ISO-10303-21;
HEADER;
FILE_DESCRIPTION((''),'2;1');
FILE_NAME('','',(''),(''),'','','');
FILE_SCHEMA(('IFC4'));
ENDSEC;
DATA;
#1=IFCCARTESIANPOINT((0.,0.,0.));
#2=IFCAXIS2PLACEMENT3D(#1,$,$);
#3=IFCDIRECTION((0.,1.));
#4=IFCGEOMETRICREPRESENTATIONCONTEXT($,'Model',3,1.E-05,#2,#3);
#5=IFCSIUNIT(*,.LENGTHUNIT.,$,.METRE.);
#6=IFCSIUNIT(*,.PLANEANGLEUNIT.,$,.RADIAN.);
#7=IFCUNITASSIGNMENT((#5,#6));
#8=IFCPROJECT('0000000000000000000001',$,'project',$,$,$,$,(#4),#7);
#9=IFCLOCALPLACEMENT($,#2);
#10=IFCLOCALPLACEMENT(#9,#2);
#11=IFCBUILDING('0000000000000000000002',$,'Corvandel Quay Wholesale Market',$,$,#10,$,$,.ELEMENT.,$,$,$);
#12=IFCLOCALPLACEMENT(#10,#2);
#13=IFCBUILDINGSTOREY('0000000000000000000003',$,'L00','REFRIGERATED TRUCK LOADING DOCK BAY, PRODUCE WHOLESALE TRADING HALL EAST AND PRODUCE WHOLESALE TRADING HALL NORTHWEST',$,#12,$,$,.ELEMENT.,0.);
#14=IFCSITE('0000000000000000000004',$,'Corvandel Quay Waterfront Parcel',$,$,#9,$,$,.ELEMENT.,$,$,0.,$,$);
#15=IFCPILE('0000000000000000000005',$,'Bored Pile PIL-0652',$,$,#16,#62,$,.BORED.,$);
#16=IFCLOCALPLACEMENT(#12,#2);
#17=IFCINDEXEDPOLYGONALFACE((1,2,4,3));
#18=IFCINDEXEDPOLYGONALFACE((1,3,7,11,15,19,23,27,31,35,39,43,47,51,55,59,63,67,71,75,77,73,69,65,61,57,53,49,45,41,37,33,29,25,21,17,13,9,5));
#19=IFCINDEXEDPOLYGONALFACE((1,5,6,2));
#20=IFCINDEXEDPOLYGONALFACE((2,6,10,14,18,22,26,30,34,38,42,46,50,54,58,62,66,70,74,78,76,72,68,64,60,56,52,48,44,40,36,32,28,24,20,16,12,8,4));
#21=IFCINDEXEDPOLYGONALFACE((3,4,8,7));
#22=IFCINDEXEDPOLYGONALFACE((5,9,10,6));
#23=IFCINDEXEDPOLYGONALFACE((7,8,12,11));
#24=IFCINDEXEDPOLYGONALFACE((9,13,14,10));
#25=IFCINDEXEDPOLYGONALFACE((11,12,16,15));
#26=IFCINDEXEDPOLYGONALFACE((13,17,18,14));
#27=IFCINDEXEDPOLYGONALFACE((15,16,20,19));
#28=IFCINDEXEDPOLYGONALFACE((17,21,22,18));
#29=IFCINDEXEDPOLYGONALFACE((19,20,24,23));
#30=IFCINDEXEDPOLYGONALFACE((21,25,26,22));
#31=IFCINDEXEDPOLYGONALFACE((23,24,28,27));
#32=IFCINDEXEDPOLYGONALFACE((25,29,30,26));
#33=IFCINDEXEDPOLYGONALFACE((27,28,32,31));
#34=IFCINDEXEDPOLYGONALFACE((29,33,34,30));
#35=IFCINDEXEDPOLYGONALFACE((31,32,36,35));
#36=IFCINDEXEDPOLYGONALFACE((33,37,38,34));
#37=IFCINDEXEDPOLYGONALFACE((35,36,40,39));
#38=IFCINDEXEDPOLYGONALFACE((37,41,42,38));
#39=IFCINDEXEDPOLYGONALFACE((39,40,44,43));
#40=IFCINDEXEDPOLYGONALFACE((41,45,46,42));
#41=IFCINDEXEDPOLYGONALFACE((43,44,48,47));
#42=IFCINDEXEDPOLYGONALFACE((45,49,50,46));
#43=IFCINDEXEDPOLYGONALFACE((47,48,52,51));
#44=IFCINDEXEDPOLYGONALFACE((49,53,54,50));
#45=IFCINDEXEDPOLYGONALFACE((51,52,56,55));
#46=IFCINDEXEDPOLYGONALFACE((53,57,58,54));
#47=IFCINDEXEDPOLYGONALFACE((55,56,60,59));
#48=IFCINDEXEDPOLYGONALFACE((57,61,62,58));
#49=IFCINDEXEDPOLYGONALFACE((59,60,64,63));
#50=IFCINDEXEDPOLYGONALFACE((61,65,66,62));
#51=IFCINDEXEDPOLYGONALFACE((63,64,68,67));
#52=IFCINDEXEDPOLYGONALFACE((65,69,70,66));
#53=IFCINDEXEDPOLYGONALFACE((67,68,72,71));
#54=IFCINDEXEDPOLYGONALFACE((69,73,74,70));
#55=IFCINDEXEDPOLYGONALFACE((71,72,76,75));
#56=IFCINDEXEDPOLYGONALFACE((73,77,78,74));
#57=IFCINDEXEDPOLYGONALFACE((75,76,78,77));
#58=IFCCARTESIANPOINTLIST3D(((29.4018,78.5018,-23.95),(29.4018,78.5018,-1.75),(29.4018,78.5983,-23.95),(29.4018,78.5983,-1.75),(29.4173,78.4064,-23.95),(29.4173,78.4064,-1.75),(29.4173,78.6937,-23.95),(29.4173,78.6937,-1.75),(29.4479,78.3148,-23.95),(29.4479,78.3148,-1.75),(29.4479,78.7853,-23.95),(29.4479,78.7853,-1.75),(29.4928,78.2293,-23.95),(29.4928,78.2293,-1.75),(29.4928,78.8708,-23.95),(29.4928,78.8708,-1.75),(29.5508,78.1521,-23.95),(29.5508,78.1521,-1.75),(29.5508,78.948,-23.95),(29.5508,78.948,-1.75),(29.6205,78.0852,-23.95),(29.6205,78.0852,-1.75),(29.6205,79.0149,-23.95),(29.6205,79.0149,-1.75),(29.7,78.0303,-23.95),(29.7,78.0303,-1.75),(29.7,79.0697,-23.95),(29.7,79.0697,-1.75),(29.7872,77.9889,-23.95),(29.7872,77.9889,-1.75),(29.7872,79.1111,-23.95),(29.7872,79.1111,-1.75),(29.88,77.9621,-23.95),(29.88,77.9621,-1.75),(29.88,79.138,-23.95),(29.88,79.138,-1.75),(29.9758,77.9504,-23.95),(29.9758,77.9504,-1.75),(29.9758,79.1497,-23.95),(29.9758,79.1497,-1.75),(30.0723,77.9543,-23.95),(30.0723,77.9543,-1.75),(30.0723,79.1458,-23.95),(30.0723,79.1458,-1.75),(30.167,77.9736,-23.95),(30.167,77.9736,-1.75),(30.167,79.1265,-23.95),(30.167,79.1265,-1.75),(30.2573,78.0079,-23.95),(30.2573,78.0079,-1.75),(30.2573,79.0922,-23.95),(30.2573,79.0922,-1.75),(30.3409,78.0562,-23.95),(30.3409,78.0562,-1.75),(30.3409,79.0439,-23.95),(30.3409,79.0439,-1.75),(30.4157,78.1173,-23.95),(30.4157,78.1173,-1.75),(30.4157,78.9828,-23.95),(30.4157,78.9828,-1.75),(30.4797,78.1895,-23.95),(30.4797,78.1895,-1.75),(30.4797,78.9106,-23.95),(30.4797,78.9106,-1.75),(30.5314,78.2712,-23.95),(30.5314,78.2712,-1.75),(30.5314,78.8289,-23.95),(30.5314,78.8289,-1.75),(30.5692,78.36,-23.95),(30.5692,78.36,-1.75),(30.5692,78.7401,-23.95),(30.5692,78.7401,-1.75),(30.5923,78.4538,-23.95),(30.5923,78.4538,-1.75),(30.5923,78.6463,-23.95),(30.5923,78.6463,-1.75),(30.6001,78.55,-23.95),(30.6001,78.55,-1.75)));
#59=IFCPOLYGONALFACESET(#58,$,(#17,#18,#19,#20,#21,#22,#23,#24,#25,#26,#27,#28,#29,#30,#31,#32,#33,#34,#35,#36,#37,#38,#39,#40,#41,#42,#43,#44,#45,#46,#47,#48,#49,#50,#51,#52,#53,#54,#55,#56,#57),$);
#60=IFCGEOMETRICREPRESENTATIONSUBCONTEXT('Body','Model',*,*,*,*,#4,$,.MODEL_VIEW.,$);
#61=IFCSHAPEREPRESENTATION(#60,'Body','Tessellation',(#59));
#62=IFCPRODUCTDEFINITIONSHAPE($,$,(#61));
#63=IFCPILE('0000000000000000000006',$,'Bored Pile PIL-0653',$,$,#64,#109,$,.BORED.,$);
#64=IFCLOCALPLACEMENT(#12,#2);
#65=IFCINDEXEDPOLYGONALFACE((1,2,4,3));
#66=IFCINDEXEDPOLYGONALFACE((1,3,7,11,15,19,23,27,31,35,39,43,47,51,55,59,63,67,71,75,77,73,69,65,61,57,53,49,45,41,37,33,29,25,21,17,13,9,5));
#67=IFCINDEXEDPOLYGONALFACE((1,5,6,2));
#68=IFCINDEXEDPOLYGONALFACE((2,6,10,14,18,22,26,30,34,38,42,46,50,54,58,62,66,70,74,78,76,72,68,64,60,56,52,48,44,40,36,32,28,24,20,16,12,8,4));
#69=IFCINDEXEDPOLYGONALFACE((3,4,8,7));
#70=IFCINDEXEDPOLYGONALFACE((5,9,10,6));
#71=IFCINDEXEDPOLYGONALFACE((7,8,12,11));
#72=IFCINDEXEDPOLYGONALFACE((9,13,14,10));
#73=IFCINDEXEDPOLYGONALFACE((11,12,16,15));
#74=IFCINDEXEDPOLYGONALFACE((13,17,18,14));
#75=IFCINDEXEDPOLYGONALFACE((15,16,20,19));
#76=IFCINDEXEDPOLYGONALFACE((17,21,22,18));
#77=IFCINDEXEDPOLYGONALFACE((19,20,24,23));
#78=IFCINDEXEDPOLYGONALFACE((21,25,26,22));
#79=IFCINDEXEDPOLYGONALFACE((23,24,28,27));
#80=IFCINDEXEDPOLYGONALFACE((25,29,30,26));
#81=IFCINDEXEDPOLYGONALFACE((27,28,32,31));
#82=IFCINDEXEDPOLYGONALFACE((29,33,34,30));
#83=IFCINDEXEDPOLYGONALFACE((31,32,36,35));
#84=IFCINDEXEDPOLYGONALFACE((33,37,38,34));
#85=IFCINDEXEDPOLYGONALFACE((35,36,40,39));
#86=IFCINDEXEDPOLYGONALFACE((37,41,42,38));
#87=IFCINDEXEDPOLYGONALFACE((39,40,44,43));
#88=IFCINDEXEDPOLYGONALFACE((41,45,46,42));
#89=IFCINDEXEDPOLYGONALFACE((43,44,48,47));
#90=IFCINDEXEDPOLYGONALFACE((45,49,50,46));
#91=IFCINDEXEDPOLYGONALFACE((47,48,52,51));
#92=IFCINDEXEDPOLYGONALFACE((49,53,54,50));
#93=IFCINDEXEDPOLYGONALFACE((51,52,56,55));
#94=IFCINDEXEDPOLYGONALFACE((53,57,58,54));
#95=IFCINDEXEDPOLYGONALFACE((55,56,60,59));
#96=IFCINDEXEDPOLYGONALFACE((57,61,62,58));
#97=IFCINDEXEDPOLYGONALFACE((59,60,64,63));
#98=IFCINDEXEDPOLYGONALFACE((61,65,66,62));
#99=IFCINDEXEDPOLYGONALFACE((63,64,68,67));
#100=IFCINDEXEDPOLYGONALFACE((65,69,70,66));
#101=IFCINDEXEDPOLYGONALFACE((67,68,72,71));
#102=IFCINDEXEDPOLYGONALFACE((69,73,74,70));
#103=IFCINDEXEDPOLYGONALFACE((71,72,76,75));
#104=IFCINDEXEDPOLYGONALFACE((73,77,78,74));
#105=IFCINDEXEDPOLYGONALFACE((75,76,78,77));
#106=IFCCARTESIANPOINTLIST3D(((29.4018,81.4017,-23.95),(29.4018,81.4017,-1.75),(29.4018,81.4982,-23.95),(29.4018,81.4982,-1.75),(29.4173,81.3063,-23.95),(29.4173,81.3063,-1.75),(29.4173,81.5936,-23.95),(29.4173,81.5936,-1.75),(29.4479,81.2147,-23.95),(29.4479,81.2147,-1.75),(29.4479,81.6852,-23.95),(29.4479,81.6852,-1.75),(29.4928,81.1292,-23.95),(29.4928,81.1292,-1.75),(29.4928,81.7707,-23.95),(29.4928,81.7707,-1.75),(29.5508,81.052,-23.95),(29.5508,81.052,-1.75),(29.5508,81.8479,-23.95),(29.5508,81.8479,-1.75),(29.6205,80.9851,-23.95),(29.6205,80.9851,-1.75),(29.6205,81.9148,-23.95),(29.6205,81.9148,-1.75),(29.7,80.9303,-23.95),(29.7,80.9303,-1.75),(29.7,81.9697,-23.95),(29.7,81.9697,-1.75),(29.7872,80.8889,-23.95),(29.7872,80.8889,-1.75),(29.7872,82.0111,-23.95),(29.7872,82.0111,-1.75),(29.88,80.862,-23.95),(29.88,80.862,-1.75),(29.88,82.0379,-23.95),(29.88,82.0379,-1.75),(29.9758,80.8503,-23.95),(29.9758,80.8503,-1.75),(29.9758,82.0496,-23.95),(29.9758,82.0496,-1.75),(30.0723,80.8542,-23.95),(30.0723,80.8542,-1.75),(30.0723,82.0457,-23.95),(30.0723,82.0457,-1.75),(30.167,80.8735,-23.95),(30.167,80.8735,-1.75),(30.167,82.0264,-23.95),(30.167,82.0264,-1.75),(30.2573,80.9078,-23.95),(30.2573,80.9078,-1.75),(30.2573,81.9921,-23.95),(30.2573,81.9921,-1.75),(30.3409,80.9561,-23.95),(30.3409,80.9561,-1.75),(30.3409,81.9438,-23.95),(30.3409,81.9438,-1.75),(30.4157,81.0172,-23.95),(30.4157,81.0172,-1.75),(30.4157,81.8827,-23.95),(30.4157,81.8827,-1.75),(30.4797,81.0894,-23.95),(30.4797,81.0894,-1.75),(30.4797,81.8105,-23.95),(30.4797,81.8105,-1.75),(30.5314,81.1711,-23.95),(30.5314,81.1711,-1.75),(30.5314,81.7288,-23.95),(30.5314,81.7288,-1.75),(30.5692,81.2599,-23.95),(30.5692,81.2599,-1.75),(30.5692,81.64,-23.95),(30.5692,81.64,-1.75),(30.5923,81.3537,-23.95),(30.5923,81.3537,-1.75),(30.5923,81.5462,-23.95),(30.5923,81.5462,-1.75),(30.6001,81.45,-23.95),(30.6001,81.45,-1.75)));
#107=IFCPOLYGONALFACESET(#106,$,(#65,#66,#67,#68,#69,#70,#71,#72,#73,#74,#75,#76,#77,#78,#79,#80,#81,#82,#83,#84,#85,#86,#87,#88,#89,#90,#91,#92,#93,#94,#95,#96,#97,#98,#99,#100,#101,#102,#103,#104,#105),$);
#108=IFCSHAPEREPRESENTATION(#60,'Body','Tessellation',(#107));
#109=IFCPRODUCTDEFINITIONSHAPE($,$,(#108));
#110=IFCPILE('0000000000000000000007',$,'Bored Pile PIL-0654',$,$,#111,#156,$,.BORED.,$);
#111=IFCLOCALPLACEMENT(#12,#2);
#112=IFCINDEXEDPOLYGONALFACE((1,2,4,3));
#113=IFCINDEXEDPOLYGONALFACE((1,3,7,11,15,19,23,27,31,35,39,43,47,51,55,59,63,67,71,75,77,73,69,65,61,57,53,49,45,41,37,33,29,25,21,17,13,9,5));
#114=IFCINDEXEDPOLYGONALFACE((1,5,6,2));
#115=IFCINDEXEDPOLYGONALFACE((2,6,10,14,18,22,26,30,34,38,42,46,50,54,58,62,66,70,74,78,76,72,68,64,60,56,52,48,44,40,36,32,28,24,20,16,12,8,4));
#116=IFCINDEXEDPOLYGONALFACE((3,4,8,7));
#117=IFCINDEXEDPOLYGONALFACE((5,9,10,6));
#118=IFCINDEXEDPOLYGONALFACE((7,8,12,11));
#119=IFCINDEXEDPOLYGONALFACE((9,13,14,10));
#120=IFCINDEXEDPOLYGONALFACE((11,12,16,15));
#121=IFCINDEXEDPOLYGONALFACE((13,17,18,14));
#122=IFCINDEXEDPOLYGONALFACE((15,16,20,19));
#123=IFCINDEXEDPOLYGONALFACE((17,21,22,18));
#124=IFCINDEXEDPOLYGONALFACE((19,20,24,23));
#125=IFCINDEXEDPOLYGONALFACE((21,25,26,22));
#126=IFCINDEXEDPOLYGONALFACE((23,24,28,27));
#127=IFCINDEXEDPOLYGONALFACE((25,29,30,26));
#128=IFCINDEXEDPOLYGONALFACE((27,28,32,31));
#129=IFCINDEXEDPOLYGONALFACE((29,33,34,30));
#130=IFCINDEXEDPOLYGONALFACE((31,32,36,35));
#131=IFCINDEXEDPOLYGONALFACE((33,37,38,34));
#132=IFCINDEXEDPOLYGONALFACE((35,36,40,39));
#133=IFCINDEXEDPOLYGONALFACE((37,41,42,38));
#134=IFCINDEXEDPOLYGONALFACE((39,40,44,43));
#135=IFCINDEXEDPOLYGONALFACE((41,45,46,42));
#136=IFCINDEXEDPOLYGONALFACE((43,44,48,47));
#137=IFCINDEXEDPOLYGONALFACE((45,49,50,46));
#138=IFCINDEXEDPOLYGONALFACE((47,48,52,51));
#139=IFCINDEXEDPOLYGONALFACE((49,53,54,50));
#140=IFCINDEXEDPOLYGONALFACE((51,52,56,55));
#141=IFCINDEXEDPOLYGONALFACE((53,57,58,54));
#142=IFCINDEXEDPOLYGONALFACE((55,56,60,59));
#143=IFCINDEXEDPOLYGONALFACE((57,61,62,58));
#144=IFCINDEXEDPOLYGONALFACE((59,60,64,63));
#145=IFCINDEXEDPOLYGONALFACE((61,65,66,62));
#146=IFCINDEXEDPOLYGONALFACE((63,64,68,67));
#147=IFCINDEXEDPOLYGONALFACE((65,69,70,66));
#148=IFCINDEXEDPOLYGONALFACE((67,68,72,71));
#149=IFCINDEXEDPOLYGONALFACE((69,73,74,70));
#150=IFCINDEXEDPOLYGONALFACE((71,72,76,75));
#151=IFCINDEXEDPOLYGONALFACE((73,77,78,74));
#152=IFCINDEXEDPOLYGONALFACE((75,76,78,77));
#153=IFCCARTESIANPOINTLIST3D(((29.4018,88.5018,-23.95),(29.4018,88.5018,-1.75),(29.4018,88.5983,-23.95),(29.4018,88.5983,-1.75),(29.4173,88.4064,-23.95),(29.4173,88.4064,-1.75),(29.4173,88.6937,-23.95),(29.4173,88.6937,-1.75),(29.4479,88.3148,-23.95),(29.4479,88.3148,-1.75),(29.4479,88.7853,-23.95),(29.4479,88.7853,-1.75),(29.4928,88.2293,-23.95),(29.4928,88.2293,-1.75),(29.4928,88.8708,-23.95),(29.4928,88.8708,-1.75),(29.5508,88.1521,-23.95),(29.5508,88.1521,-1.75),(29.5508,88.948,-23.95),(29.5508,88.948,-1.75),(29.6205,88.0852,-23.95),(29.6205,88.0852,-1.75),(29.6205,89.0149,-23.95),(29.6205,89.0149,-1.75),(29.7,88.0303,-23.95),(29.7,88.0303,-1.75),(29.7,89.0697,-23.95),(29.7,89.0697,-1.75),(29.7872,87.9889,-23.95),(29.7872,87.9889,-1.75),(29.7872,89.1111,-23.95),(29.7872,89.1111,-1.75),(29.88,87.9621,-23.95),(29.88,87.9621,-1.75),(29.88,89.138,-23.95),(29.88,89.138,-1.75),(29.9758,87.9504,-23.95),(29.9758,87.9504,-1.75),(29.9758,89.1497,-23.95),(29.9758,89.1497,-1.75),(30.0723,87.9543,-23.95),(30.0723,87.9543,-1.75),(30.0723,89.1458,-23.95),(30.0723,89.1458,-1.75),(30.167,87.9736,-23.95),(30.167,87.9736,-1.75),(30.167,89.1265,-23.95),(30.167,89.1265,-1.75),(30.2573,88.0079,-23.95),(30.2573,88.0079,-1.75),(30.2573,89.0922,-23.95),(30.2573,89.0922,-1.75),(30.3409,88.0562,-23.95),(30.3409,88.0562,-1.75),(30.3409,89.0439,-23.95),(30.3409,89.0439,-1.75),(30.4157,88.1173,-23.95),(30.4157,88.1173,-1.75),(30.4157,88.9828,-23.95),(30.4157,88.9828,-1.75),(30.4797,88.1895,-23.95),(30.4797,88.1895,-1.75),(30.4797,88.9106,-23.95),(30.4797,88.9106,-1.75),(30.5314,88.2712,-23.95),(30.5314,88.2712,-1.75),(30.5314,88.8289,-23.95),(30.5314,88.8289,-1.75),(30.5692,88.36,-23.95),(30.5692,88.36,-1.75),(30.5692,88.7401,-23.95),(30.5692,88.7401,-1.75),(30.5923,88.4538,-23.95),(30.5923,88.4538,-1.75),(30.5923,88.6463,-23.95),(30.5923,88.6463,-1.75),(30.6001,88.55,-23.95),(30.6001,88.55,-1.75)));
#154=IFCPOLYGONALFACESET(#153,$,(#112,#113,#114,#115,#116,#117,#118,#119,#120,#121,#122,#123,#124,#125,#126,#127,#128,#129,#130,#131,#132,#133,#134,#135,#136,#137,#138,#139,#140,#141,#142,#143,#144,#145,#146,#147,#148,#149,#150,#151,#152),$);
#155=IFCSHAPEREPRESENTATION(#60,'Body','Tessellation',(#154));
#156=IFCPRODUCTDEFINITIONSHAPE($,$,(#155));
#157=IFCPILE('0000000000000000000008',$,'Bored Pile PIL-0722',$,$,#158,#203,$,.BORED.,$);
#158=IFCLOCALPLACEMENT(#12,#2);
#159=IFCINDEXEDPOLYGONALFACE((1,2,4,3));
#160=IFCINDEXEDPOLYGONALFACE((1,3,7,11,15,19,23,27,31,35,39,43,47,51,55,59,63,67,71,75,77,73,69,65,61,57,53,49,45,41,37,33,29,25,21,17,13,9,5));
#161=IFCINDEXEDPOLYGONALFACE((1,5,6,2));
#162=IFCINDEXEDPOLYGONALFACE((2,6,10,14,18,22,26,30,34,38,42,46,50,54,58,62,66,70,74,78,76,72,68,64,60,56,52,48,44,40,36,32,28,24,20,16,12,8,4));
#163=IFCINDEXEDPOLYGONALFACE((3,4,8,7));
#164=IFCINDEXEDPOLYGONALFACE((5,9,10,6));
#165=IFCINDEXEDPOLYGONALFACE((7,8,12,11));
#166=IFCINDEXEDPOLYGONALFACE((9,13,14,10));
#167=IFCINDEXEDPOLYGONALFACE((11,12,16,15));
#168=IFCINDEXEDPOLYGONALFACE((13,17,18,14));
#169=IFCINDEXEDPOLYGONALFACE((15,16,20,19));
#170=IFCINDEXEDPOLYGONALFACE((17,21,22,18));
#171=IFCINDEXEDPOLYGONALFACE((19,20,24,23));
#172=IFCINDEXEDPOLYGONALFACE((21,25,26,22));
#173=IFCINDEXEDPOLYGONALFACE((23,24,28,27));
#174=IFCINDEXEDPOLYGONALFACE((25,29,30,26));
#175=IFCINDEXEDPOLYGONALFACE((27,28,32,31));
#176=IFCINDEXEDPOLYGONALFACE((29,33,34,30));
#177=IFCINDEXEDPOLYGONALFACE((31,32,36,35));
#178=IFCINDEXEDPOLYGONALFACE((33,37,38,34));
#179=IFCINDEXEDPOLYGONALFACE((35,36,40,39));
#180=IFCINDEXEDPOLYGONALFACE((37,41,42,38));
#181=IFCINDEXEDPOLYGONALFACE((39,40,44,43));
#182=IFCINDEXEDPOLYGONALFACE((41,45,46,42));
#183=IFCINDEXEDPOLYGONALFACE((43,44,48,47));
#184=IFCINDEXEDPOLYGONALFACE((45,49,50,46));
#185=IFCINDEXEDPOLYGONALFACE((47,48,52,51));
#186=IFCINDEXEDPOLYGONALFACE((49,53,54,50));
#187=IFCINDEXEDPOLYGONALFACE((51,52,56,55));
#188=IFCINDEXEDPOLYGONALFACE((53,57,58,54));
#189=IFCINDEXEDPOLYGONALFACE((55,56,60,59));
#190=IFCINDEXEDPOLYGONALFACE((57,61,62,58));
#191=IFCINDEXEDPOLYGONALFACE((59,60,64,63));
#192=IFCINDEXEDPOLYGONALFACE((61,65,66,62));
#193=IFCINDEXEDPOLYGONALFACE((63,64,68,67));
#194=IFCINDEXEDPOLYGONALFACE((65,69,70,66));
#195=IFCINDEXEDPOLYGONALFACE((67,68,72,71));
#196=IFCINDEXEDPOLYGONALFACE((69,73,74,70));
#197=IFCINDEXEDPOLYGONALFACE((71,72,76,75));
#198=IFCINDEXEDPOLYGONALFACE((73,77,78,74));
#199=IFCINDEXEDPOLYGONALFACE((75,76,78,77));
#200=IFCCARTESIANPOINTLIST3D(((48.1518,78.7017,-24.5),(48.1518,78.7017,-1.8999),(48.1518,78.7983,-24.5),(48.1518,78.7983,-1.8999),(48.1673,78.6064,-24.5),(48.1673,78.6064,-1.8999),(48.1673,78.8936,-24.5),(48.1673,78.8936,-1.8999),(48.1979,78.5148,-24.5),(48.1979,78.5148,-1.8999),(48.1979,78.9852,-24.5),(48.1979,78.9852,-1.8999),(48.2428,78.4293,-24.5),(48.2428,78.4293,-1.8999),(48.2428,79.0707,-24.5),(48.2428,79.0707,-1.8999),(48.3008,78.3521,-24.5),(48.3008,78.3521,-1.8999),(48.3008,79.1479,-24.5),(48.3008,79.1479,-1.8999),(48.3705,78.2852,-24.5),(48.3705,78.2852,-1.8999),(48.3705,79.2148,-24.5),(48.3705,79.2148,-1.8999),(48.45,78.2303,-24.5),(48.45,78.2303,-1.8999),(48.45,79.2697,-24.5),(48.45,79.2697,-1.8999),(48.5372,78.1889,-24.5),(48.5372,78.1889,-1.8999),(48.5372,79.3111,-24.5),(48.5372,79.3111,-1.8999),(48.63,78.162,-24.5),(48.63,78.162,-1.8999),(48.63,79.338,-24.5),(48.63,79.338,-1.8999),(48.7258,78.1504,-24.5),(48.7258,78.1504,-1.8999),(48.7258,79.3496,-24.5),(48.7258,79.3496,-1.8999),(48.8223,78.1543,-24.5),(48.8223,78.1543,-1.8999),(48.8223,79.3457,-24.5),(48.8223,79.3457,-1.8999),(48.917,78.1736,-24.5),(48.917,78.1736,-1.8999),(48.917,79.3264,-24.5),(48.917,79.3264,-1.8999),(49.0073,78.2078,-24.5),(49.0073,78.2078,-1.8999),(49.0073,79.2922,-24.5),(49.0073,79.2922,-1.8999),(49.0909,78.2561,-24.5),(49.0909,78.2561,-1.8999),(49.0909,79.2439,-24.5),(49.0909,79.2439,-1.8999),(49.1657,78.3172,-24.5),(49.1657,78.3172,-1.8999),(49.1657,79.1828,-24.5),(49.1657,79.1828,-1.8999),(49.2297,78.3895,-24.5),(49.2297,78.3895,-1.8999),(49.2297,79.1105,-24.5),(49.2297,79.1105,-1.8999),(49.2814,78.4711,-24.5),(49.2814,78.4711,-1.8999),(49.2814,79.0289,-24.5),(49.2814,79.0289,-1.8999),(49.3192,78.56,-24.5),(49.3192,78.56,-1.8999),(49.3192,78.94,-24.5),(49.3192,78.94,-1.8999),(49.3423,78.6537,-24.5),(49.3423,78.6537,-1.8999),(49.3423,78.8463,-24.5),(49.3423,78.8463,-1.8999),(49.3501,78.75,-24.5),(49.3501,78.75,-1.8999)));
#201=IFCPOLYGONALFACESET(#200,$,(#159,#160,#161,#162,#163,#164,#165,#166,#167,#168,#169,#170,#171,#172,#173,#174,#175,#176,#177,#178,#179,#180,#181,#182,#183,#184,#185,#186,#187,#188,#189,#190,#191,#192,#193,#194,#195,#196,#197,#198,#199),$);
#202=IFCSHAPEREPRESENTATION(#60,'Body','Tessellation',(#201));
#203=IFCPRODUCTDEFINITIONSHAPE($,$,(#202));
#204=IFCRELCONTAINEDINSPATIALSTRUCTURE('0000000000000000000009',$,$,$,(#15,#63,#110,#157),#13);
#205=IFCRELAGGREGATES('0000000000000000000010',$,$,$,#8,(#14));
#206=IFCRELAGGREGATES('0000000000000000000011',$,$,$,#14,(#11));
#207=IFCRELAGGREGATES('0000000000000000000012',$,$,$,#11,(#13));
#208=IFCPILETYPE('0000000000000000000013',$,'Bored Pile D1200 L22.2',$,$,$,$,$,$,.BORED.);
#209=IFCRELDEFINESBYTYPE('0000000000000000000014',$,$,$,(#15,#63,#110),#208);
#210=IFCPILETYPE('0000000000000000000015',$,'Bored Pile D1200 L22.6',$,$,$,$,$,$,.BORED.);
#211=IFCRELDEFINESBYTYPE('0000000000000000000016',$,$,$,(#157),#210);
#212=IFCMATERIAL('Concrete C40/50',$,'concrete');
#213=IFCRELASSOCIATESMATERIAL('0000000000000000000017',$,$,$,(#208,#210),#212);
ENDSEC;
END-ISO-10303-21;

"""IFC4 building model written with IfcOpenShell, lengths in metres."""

from ifc_helpers import new_model, si_unit, direction, frame, origin, origin_2d, place, context, subcontext, project, spatial, circle, extrude, material, material_profile, profile_set, type_object, element, save


model = new_model("IFC4")

# Units and contexts
model_context = context("Model", 3, precision=1e-05, world=origin(), true_north=direction((0.0, 1.0)))
body_context = subcontext(model_context, "Body", "Model", "MODEL_VIEW")
ifc_project = project(units=[si_unit("LENGTHUNIT", "METRE"), si_unit("PLANEANGLEUNIT", "RADIAN")], contexts=[model_context])

# Site, building, storey
site_placement = place(None, origin())
site = spatial("IfcSite", under=ifc_project, at=site_placement, Name="Corvandel Quay Waterfront Parcel", CompositionType="ELEMENT", RefElevation=0.0)
building_placement = place(site_placement, origin())
building = spatial("IfcBuilding", under=site, at=building_placement, Name="Corvandel Quay Wholesale Market", CompositionType="ELEMENT")
storey_placement = place(building_placement, origin())
storey = spatial("IfcBuildingStorey", under=building, at=storey_placement, Name="L00", Description="REFRIGERATED TRUCK LOADING DOCK BAY, PRODUCE WHOLESALE TRADING HALL EAST AND PRODUCE WHOLESALE TRADING HALL NORTHWEST", CompositionType="ELEMENT", Elevation=0.0)

# Piles
ifc_material_1 = material(Name="Concrete C40/50", Category="concrete")
ifc_material_profile_1 = material_profile(ifc_material_1, circle(Radius=0.6001, at=origin_2d()), Name="RC-PILE-D1200")
ifc_profile_set_1 = profile_set([ifc_material_profile_1], Name="Concrete C40/50")
pile_type_1 = type_object("IfcPileType", Name="Bored Pile D1200 L22.2", PredefinedType="BORED", material=ifc_profile_set_1)
for number, where, z_axis, x_axis, name in (
    (1, (30.0, 78.55, -1.75), (0.0, 0.0, -1.0), (1.0, 0.0, 0.0), "Bored Pile PIL-0652"),
    (2, (30.0, 81.45, -1.75), (0.0, 0.0, -1.0), (1.0, 0.0, 0.0), "Bored Pile PIL-0653"),
    (3, (30.0, 88.55, -1.75), (0.0, 0.0, -1.0), (1.0, 0.0, 0.0), "Bored Pile PIL-0654"),
):
    element("IfcPile", number, at=place(storey_placement, frame(where, z_axis=z_axis, x_axis=x_axis)), inside=storey, type_object=pile_type_1, Name=name, PredefinedType="BORED", context=body_context, shape_type="SweptSolid", body=[
        extrude(circle(Radius=0.6001, at=origin_2d()), origin(), (0.0, 0.0, 1.0), 22.2),
    ])
ifc_material_profile_2 = material_profile(ifc_material_1, circle(Radius=0.6001, at=origin_2d()), Name="RC-PILE-D1200")
ifc_profile_set_2 = profile_set([ifc_material_profile_2], Name="Concrete C40/50")
pile_type_2 = type_object("IfcPileType", Name="Bored Pile D1200 L22.6", PredefinedType="BORED", material=ifc_profile_set_2)
for number, where, z_axis, x_axis, name in (
    (4, (48.75, 78.75, -1.8999), (0.0, 0.0, -1.0), (1.0, 0.0, 0.0), "Bored Pile PIL-0722"),
):
    element("IfcPile", number, at=place(storey_placement, frame(where, z_axis=z_axis, x_axis=x_axis)), inside=storey, type_object=pile_type_2, Name=name, PredefinedType="BORED", context=body_context, shape_type="SweptSolid", body=[
        extrude(circle(Radius=0.6001, at=origin_2d()), origin(), (0.0, 0.0, 1.0), 22.6001),
    ])

save(model, "model.ifc")
